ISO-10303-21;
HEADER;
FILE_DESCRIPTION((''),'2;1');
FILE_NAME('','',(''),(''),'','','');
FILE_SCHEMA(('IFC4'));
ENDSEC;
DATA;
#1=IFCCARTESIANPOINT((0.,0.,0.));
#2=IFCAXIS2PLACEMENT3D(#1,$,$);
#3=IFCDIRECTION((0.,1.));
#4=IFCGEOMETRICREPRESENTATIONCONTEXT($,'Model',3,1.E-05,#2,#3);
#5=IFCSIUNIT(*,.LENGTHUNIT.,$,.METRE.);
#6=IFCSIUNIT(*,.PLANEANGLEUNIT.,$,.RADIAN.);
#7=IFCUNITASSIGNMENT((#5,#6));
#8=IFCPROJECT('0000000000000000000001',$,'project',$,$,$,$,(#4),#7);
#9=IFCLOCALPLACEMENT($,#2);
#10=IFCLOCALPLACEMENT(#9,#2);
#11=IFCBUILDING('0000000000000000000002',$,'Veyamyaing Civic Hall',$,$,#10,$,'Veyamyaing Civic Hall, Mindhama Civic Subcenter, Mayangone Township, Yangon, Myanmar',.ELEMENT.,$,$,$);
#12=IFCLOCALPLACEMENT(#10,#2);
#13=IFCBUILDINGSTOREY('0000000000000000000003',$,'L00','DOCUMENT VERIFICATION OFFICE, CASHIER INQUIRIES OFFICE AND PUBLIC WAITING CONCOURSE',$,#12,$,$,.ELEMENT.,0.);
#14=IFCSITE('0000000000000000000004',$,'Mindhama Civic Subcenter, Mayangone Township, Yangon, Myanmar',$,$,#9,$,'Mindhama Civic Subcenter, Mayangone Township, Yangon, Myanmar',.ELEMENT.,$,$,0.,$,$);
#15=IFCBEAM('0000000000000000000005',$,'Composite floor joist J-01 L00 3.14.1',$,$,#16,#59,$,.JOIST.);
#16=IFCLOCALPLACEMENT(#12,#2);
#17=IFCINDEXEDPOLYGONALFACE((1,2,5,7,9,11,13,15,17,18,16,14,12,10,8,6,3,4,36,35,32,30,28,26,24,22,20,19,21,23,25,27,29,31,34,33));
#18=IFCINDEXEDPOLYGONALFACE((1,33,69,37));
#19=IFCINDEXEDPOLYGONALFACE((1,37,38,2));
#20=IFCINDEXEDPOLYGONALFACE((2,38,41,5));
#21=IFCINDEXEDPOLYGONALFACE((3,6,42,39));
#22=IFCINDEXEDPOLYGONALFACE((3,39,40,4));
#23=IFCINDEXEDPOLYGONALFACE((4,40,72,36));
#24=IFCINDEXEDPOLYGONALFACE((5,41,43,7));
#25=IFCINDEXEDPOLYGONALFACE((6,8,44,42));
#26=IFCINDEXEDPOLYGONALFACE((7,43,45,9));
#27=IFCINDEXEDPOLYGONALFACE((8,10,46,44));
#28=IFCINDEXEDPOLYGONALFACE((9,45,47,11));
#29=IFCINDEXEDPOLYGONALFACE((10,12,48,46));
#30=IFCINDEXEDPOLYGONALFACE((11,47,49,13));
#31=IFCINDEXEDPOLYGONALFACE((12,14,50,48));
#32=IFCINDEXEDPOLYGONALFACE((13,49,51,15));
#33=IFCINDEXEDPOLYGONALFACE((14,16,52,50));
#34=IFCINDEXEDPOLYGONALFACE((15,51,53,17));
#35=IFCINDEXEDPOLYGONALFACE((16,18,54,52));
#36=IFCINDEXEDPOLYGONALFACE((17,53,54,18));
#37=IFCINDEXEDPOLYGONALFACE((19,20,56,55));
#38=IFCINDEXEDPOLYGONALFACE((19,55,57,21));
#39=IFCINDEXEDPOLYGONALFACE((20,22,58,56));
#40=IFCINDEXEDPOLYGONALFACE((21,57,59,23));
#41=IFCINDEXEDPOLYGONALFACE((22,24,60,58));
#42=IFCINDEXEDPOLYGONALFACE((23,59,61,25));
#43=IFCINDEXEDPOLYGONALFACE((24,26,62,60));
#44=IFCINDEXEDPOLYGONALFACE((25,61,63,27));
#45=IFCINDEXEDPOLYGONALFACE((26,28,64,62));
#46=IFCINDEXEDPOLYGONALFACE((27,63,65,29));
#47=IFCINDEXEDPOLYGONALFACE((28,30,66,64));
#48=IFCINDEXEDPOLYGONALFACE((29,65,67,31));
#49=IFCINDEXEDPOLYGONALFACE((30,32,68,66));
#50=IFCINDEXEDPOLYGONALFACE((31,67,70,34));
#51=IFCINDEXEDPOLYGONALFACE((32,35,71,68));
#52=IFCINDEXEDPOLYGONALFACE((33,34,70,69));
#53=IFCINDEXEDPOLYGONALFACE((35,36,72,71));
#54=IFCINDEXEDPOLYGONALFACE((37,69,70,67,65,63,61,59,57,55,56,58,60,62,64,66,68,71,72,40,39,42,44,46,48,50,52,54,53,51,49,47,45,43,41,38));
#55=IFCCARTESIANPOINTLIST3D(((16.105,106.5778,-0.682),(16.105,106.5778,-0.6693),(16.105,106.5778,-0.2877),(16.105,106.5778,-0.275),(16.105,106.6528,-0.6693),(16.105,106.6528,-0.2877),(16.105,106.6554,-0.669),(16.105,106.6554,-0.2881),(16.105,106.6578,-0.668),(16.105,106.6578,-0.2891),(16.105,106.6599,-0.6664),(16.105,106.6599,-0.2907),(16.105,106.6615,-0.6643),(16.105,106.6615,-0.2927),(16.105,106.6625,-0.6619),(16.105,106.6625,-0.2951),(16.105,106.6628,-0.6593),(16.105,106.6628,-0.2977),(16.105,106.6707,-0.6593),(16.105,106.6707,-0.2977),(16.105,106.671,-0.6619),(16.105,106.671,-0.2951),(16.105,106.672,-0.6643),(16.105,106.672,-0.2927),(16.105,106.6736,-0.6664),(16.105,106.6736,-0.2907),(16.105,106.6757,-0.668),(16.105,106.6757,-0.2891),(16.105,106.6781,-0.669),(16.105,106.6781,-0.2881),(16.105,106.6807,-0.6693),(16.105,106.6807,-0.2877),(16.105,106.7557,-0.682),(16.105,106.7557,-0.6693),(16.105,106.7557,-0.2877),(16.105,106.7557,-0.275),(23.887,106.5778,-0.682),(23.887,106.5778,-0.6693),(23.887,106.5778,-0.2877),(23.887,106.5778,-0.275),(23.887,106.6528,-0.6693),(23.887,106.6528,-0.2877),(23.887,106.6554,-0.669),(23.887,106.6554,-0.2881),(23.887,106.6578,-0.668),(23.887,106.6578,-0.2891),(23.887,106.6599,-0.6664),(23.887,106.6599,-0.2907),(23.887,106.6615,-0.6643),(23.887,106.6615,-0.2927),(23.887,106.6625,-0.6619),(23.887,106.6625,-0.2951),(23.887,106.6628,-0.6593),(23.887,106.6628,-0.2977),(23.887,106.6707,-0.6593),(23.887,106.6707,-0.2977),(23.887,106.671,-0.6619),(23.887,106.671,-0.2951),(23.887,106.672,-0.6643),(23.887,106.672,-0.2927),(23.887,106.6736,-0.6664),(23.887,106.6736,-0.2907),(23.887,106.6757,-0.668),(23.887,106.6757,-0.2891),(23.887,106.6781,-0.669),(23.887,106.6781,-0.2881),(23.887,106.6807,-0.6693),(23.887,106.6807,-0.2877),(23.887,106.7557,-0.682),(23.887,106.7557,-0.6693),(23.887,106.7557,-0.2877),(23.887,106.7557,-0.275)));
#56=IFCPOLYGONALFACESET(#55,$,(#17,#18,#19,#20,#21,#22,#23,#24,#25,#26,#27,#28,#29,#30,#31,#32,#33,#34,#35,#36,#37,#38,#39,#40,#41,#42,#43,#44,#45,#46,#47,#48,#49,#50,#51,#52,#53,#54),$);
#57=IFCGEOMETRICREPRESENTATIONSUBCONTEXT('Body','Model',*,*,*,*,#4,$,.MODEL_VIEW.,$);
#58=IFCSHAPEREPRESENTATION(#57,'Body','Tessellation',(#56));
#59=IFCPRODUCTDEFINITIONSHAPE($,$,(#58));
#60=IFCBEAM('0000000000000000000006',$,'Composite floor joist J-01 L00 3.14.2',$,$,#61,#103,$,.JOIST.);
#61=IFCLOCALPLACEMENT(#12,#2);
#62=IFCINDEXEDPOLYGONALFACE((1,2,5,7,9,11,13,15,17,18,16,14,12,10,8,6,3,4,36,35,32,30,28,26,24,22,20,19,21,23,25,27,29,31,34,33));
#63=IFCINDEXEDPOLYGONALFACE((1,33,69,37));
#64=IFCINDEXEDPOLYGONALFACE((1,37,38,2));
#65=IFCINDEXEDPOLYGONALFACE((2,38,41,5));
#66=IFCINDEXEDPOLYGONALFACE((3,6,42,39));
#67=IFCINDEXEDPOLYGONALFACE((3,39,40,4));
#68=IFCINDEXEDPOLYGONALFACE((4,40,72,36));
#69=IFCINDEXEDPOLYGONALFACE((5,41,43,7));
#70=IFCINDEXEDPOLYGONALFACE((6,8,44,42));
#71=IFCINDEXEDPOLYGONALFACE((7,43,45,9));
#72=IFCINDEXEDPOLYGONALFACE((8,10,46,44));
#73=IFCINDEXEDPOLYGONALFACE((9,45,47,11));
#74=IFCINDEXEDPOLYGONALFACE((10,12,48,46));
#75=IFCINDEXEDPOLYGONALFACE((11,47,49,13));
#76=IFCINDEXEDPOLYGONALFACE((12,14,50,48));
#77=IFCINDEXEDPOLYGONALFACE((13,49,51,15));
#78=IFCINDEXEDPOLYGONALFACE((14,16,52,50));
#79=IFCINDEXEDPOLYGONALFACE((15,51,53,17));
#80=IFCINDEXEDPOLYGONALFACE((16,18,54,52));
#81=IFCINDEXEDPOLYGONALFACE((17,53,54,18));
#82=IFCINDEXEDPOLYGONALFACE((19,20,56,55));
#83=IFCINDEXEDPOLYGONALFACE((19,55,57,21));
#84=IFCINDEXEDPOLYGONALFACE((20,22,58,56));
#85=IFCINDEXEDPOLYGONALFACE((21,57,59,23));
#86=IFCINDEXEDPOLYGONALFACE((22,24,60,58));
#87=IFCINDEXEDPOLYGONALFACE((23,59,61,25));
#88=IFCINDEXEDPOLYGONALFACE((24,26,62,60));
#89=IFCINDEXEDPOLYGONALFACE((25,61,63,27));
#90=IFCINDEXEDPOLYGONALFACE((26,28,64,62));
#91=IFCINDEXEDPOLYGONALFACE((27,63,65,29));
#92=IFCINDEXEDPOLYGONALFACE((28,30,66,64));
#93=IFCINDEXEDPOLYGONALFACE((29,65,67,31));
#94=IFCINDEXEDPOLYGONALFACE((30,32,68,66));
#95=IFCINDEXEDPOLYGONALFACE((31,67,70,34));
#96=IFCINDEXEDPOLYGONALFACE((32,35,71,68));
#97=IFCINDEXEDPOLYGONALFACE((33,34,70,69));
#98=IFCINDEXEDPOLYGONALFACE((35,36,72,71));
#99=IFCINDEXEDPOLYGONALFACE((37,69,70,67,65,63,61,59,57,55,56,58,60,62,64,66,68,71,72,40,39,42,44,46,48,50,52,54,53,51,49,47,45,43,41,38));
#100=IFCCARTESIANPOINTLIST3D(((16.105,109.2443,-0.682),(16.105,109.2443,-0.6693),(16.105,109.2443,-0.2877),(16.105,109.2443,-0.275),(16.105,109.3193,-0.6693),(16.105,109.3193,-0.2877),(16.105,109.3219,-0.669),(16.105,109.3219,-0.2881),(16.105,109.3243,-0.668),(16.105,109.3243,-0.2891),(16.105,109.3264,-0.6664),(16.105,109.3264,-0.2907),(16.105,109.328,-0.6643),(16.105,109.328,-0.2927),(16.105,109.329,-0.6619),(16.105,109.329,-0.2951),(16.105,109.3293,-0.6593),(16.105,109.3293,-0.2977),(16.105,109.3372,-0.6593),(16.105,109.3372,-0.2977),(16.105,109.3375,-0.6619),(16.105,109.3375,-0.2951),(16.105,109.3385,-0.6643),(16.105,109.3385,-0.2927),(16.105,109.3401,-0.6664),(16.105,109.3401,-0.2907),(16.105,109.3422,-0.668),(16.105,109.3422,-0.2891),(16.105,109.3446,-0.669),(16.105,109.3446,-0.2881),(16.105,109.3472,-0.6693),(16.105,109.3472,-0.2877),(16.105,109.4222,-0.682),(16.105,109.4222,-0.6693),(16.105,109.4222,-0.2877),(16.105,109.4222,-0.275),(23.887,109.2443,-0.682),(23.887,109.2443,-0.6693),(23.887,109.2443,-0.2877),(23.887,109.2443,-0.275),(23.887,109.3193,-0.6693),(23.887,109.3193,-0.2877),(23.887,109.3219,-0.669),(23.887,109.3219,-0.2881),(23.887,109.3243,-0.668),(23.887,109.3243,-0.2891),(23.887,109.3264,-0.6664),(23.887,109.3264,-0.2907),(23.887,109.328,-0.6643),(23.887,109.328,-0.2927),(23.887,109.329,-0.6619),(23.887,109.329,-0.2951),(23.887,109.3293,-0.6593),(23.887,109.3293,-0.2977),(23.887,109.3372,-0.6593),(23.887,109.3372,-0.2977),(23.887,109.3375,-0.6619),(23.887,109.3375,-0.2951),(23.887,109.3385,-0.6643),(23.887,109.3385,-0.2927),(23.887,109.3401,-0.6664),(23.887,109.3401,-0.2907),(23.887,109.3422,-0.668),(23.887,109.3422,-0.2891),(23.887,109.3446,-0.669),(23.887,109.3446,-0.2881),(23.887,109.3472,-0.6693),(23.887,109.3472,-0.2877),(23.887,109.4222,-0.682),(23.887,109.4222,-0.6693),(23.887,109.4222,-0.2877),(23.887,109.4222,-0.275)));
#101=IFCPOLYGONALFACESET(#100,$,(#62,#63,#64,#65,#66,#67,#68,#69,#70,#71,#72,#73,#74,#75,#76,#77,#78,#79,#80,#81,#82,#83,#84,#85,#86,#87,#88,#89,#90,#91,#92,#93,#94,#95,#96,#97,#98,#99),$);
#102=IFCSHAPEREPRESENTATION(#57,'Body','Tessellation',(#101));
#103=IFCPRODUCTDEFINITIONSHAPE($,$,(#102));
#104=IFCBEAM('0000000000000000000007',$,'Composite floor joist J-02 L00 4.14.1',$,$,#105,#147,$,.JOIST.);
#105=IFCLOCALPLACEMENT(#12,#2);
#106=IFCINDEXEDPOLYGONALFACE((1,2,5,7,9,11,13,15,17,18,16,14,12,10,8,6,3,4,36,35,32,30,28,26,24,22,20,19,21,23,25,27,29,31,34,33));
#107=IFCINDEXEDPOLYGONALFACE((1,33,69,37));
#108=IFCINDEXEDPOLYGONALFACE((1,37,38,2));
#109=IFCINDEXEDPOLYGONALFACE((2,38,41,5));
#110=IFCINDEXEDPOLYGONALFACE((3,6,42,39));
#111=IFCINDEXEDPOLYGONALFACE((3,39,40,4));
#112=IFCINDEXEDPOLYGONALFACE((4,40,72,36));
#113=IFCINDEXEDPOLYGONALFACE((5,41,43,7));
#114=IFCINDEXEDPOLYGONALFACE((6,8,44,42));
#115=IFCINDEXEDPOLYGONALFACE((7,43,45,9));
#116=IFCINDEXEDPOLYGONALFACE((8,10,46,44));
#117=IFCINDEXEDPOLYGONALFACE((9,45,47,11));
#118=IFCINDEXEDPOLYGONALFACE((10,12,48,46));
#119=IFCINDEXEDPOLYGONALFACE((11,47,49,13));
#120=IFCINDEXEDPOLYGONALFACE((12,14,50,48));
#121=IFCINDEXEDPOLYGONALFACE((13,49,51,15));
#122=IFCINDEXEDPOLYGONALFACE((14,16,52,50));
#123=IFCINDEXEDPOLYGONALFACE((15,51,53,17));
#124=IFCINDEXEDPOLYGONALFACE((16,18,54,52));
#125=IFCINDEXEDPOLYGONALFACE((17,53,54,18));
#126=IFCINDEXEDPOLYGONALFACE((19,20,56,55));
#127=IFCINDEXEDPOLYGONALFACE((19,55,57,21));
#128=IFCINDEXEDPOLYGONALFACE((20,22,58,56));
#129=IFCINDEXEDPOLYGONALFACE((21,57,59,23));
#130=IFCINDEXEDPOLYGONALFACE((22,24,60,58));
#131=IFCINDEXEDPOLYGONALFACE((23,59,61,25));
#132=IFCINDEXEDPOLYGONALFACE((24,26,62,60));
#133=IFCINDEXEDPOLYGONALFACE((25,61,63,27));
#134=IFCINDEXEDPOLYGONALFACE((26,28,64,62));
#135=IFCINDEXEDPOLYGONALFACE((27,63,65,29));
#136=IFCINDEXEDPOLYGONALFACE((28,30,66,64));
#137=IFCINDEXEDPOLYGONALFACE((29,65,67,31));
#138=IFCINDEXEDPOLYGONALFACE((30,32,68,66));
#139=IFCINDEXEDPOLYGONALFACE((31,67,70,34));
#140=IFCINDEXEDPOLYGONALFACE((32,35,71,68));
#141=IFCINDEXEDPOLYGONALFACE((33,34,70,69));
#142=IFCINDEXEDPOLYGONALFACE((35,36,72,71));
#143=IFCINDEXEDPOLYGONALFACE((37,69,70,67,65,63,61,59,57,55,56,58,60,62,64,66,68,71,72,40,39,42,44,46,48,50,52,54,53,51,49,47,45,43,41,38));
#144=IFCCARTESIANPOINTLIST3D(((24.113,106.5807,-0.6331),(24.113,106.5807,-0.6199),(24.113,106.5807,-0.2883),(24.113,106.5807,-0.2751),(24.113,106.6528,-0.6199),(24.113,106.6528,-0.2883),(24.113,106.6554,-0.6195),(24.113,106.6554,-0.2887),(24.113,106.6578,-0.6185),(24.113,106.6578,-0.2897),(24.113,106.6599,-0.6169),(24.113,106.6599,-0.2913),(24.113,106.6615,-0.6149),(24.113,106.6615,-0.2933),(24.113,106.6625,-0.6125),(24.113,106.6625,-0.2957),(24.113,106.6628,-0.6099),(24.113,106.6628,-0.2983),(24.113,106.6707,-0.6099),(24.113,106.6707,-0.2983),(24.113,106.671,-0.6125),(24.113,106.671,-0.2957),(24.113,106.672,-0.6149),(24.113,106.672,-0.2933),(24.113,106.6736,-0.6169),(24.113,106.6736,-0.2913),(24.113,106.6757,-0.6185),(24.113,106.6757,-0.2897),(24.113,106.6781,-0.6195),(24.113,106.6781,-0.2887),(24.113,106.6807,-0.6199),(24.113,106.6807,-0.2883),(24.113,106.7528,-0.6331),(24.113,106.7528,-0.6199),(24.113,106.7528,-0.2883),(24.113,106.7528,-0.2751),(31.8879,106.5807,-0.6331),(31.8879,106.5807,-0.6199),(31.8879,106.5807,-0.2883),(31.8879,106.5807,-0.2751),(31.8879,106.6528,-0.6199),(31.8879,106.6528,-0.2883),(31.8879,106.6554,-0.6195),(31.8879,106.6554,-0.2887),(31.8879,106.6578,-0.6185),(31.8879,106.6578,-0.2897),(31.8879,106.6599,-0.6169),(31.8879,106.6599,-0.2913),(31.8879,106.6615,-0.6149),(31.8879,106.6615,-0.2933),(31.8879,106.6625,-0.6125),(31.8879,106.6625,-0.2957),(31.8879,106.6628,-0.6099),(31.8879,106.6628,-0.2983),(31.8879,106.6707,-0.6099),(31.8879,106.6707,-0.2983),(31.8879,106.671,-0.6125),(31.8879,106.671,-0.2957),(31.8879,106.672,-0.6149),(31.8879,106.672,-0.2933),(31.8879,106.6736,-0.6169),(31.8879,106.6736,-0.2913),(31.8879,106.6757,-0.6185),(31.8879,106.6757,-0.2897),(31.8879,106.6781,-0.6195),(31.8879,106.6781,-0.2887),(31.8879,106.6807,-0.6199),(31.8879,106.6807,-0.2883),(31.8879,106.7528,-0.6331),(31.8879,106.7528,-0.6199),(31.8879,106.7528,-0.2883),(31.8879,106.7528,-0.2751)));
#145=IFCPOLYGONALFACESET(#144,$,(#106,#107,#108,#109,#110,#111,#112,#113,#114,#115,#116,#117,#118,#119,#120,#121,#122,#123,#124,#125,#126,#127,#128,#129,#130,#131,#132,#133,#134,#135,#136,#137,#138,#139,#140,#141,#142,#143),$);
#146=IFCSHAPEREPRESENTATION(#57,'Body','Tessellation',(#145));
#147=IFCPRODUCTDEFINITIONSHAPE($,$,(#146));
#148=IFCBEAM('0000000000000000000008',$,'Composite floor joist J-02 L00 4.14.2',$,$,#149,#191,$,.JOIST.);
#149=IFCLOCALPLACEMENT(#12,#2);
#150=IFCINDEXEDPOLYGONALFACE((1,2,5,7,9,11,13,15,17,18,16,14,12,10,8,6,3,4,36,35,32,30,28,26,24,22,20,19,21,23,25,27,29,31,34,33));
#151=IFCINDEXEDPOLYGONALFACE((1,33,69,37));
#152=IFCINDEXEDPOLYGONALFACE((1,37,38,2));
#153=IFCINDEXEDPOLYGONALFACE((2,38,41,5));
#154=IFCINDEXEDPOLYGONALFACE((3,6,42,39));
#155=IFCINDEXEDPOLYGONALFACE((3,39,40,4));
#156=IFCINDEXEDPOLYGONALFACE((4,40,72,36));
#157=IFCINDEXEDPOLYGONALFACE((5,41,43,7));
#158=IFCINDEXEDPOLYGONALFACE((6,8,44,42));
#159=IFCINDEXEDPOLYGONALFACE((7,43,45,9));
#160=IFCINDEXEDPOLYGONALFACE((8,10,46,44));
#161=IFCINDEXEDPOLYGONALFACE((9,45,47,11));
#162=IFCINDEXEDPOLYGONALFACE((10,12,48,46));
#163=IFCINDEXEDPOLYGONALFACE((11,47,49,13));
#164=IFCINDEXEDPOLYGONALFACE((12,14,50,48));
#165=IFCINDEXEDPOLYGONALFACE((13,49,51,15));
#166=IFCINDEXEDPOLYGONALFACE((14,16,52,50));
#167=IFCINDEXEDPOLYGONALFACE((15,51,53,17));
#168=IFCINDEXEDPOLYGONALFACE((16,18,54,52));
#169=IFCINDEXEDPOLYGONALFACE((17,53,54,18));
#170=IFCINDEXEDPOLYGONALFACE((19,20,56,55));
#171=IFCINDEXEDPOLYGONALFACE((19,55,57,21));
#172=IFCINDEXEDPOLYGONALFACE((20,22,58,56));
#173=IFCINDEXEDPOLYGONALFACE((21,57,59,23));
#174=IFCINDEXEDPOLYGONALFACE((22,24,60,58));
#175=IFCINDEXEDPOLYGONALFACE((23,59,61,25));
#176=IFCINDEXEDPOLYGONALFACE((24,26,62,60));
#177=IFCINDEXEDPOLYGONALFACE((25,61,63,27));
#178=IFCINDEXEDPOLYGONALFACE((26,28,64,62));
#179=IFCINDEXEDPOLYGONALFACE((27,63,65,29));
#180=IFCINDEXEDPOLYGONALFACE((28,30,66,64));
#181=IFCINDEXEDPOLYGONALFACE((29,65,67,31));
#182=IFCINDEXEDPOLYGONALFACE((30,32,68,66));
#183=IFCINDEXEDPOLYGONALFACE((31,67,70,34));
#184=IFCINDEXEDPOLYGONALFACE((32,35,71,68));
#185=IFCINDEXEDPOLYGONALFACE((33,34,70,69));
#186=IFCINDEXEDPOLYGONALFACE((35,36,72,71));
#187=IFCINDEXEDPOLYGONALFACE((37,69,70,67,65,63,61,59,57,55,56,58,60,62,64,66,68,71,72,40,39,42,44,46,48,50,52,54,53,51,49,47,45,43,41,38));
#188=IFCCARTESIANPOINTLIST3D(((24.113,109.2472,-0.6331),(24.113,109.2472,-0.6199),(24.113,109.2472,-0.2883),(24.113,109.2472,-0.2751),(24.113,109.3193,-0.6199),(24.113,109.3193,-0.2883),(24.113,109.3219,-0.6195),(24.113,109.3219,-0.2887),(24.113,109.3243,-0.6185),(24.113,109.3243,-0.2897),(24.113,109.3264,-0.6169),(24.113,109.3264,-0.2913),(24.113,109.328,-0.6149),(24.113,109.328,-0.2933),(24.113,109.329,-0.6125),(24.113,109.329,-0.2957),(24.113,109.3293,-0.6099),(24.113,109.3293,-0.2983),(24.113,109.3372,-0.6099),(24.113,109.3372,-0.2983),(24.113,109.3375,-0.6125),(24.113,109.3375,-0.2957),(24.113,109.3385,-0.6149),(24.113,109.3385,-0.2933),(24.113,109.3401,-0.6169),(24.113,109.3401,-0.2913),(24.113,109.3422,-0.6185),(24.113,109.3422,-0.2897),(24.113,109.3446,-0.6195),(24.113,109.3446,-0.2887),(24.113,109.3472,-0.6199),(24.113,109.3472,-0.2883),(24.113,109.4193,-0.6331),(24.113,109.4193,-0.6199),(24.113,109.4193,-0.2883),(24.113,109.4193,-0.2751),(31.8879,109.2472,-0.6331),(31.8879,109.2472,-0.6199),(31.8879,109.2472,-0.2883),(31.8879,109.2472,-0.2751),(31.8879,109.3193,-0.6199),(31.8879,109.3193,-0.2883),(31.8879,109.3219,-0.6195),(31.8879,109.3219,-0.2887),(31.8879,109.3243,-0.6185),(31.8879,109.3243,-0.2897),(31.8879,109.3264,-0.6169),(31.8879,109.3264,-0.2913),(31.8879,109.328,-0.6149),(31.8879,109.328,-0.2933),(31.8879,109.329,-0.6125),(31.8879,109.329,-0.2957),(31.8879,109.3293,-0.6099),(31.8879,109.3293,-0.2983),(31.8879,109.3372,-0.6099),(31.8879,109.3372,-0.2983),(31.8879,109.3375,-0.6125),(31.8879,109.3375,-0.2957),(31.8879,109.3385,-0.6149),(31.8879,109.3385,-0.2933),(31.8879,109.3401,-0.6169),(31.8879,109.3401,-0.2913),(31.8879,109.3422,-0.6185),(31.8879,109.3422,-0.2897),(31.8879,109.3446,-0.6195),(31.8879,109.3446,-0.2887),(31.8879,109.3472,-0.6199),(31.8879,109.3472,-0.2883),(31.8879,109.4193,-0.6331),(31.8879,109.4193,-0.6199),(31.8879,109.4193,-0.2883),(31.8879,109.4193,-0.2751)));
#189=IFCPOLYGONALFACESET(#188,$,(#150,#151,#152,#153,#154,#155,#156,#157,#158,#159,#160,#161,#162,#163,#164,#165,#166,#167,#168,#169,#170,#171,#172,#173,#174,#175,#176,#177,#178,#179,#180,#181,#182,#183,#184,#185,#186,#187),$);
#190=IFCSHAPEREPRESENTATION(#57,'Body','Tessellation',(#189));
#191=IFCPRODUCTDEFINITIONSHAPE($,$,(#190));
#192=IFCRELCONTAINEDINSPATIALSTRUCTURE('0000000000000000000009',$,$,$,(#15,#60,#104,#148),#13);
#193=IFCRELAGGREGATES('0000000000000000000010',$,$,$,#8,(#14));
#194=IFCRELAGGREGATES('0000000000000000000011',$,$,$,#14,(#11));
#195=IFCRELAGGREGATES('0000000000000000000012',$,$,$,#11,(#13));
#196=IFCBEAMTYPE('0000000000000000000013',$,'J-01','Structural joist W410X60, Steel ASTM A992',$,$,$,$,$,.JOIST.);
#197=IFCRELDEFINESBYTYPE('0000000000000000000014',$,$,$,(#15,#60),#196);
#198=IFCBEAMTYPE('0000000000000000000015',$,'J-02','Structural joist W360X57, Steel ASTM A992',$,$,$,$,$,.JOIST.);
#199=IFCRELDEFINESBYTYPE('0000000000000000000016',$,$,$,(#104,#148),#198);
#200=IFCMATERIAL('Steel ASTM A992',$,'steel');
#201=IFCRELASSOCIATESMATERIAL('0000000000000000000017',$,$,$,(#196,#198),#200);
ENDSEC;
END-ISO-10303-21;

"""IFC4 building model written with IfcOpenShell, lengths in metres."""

from ifc_helpers import new_model, si_unit, direction, frame, origin, origin_2d, place, context, subcontext, project, spatial, i_section, extrude, material, material_profile, profile_set, type_object, element, save


model = new_model("IFC4")

# Units and contexts
model_context = context("Model", 3, precision=1e-05, world=origin(), true_north=direction((0.0, 1.0)))
body_context = subcontext(model_context, "Body", "Model", "MODEL_VIEW")
ifc_project = project(units=[si_unit("LENGTHUNIT", "METRE"), si_unit("PLANEANGLEUNIT", "RADIAN")], contexts=[model_context])

# Site, building, storey
site_placement = place(None, origin())
site = spatial("IfcSite", under=ifc_project, at=site_placement, Name="Mindhama Civic Subcenter, Mayangone Township, Yangon, Myanmar", LongName="Mindhama Civic Subcenter, Mayangone Township, Yangon, Myanmar", CompositionType="ELEMENT", RefElevation=0.0)
building_placement = place(site_placement, origin())
building = spatial("IfcBuilding", under=site, at=building_placement, Name="Veyamyaing Civic Hall", LongName="Veyamyaing Civic Hall, Mindhama Civic Subcenter, Mayangone Township, Yangon, Myanmar", CompositionType="ELEMENT")
storey_placement = place(building_placement, origin())
storey = spatial("IfcBuildingStorey", under=building, at=storey_placement, Name="L00", Description="DOCUMENT VERIFICATION OFFICE, CASHIER INQUIRIES OFFICE AND PUBLIC WAITING CONCOURSE", CompositionType="ELEMENT", Elevation=0.0)

# Beams
ifc_material_1 = material(Name="Steel ASTM A992", Category="steel")
ifc_material_profile_1 = material_profile(ifc_material_1, i_section(OverallWidth=0.178, OverallDepth=0.407, WebThickness=0.0078, FlangeThickness=0.0127, FilletRadius=0.01, at=origin_2d()), Name="W410X60")
ifc_profile_set_1 = profile_set([ifc_material_profile_1], Name="Steel ASTM A992")
beam_type_1 = type_object("IfcBeamType", Name="J-01", Description="Structural joist W410X60, Steel ASTM A992", PredefinedType="JOIST", material=ifc_profile_set_1)
for number, where, z_axis, x_axis, name in (
    (1, (16.105, 106.6667, -0.4785), (1.0, 0.0, 0.0), (0.0, 1.0, 0.0), "Composite floor joist J-01 L00 3.14.1"),
    (2, (16.105, 109.3333, -0.4785), (1.0, 0.0, 0.0), (0.0, 1.0, 0.0), "Composite floor joist J-01 L00 3.14.2"),
):
    element("IfcBeam", number, at=place(storey_placement, frame(where, z_axis=z_axis, x_axis=x_axis)), inside=storey, type_object=beam_type_1, Name=name, PredefinedType="JOIST", context=body_context, shape_type="SweptSolid", body=[
        extrude(i_section(OverallWidth=0.178, OverallDepth=0.407, WebThickness=0.0078, FlangeThickness=0.0127, FilletRadius=0.01, at=origin_2d()), origin(), (0.0, 0.0, 1.0), 7.782),
    ])
ifc_material_profile_2 = material_profile(ifc_material_1, i_section(OverallWidth=0.1721, OverallDepth=0.3579, WebThickness=0.0078, FlangeThickness=0.0132, FilletRadius=0.01, at=origin_2d()), Name="W360X57")
ifc_profile_set_2 = profile_set([ifc_material_profile_2], Name="Steel ASTM A992")
beam_type_2 = type_object("IfcBeamType", Name="J-02", Description="Structural joist W360X57, Steel ASTM A992", PredefinedType="JOIST", material=ifc_profile_set_2)
for number, where, z_axis, x_axis, name in (
    (3, (24.113, 106.6667, -0.4541), (1.0, 0.0, 0.0), (0.0, 1.0, 0.0), "Composite floor joist J-02 L00 4.14.1"),
    (4, (24.113, 109.3333, -0.4541), (1.0, 0.0, 0.0), (0.0, 1.0, 0.0), "Composite floor joist J-02 L00 4.14.2"),
):
    element("IfcBeam", number, at=place(storey_placement, frame(where, z_axis=z_axis, x_axis=x_axis)), inside=storey, type_object=beam_type_2, Name=name, PredefinedType="JOIST", context=body_context, shape_type="SweptSolid", body=[
        extrude(i_section(OverallWidth=0.1721, OverallDepth=0.3579, WebThickness=0.0078, FlangeThickness=0.0132, FilletRadius=0.01, at=origin_2d()), origin(), (0.0, 0.0, 1.0), 7.7749),
    ])

save(model, "model.ifc")
